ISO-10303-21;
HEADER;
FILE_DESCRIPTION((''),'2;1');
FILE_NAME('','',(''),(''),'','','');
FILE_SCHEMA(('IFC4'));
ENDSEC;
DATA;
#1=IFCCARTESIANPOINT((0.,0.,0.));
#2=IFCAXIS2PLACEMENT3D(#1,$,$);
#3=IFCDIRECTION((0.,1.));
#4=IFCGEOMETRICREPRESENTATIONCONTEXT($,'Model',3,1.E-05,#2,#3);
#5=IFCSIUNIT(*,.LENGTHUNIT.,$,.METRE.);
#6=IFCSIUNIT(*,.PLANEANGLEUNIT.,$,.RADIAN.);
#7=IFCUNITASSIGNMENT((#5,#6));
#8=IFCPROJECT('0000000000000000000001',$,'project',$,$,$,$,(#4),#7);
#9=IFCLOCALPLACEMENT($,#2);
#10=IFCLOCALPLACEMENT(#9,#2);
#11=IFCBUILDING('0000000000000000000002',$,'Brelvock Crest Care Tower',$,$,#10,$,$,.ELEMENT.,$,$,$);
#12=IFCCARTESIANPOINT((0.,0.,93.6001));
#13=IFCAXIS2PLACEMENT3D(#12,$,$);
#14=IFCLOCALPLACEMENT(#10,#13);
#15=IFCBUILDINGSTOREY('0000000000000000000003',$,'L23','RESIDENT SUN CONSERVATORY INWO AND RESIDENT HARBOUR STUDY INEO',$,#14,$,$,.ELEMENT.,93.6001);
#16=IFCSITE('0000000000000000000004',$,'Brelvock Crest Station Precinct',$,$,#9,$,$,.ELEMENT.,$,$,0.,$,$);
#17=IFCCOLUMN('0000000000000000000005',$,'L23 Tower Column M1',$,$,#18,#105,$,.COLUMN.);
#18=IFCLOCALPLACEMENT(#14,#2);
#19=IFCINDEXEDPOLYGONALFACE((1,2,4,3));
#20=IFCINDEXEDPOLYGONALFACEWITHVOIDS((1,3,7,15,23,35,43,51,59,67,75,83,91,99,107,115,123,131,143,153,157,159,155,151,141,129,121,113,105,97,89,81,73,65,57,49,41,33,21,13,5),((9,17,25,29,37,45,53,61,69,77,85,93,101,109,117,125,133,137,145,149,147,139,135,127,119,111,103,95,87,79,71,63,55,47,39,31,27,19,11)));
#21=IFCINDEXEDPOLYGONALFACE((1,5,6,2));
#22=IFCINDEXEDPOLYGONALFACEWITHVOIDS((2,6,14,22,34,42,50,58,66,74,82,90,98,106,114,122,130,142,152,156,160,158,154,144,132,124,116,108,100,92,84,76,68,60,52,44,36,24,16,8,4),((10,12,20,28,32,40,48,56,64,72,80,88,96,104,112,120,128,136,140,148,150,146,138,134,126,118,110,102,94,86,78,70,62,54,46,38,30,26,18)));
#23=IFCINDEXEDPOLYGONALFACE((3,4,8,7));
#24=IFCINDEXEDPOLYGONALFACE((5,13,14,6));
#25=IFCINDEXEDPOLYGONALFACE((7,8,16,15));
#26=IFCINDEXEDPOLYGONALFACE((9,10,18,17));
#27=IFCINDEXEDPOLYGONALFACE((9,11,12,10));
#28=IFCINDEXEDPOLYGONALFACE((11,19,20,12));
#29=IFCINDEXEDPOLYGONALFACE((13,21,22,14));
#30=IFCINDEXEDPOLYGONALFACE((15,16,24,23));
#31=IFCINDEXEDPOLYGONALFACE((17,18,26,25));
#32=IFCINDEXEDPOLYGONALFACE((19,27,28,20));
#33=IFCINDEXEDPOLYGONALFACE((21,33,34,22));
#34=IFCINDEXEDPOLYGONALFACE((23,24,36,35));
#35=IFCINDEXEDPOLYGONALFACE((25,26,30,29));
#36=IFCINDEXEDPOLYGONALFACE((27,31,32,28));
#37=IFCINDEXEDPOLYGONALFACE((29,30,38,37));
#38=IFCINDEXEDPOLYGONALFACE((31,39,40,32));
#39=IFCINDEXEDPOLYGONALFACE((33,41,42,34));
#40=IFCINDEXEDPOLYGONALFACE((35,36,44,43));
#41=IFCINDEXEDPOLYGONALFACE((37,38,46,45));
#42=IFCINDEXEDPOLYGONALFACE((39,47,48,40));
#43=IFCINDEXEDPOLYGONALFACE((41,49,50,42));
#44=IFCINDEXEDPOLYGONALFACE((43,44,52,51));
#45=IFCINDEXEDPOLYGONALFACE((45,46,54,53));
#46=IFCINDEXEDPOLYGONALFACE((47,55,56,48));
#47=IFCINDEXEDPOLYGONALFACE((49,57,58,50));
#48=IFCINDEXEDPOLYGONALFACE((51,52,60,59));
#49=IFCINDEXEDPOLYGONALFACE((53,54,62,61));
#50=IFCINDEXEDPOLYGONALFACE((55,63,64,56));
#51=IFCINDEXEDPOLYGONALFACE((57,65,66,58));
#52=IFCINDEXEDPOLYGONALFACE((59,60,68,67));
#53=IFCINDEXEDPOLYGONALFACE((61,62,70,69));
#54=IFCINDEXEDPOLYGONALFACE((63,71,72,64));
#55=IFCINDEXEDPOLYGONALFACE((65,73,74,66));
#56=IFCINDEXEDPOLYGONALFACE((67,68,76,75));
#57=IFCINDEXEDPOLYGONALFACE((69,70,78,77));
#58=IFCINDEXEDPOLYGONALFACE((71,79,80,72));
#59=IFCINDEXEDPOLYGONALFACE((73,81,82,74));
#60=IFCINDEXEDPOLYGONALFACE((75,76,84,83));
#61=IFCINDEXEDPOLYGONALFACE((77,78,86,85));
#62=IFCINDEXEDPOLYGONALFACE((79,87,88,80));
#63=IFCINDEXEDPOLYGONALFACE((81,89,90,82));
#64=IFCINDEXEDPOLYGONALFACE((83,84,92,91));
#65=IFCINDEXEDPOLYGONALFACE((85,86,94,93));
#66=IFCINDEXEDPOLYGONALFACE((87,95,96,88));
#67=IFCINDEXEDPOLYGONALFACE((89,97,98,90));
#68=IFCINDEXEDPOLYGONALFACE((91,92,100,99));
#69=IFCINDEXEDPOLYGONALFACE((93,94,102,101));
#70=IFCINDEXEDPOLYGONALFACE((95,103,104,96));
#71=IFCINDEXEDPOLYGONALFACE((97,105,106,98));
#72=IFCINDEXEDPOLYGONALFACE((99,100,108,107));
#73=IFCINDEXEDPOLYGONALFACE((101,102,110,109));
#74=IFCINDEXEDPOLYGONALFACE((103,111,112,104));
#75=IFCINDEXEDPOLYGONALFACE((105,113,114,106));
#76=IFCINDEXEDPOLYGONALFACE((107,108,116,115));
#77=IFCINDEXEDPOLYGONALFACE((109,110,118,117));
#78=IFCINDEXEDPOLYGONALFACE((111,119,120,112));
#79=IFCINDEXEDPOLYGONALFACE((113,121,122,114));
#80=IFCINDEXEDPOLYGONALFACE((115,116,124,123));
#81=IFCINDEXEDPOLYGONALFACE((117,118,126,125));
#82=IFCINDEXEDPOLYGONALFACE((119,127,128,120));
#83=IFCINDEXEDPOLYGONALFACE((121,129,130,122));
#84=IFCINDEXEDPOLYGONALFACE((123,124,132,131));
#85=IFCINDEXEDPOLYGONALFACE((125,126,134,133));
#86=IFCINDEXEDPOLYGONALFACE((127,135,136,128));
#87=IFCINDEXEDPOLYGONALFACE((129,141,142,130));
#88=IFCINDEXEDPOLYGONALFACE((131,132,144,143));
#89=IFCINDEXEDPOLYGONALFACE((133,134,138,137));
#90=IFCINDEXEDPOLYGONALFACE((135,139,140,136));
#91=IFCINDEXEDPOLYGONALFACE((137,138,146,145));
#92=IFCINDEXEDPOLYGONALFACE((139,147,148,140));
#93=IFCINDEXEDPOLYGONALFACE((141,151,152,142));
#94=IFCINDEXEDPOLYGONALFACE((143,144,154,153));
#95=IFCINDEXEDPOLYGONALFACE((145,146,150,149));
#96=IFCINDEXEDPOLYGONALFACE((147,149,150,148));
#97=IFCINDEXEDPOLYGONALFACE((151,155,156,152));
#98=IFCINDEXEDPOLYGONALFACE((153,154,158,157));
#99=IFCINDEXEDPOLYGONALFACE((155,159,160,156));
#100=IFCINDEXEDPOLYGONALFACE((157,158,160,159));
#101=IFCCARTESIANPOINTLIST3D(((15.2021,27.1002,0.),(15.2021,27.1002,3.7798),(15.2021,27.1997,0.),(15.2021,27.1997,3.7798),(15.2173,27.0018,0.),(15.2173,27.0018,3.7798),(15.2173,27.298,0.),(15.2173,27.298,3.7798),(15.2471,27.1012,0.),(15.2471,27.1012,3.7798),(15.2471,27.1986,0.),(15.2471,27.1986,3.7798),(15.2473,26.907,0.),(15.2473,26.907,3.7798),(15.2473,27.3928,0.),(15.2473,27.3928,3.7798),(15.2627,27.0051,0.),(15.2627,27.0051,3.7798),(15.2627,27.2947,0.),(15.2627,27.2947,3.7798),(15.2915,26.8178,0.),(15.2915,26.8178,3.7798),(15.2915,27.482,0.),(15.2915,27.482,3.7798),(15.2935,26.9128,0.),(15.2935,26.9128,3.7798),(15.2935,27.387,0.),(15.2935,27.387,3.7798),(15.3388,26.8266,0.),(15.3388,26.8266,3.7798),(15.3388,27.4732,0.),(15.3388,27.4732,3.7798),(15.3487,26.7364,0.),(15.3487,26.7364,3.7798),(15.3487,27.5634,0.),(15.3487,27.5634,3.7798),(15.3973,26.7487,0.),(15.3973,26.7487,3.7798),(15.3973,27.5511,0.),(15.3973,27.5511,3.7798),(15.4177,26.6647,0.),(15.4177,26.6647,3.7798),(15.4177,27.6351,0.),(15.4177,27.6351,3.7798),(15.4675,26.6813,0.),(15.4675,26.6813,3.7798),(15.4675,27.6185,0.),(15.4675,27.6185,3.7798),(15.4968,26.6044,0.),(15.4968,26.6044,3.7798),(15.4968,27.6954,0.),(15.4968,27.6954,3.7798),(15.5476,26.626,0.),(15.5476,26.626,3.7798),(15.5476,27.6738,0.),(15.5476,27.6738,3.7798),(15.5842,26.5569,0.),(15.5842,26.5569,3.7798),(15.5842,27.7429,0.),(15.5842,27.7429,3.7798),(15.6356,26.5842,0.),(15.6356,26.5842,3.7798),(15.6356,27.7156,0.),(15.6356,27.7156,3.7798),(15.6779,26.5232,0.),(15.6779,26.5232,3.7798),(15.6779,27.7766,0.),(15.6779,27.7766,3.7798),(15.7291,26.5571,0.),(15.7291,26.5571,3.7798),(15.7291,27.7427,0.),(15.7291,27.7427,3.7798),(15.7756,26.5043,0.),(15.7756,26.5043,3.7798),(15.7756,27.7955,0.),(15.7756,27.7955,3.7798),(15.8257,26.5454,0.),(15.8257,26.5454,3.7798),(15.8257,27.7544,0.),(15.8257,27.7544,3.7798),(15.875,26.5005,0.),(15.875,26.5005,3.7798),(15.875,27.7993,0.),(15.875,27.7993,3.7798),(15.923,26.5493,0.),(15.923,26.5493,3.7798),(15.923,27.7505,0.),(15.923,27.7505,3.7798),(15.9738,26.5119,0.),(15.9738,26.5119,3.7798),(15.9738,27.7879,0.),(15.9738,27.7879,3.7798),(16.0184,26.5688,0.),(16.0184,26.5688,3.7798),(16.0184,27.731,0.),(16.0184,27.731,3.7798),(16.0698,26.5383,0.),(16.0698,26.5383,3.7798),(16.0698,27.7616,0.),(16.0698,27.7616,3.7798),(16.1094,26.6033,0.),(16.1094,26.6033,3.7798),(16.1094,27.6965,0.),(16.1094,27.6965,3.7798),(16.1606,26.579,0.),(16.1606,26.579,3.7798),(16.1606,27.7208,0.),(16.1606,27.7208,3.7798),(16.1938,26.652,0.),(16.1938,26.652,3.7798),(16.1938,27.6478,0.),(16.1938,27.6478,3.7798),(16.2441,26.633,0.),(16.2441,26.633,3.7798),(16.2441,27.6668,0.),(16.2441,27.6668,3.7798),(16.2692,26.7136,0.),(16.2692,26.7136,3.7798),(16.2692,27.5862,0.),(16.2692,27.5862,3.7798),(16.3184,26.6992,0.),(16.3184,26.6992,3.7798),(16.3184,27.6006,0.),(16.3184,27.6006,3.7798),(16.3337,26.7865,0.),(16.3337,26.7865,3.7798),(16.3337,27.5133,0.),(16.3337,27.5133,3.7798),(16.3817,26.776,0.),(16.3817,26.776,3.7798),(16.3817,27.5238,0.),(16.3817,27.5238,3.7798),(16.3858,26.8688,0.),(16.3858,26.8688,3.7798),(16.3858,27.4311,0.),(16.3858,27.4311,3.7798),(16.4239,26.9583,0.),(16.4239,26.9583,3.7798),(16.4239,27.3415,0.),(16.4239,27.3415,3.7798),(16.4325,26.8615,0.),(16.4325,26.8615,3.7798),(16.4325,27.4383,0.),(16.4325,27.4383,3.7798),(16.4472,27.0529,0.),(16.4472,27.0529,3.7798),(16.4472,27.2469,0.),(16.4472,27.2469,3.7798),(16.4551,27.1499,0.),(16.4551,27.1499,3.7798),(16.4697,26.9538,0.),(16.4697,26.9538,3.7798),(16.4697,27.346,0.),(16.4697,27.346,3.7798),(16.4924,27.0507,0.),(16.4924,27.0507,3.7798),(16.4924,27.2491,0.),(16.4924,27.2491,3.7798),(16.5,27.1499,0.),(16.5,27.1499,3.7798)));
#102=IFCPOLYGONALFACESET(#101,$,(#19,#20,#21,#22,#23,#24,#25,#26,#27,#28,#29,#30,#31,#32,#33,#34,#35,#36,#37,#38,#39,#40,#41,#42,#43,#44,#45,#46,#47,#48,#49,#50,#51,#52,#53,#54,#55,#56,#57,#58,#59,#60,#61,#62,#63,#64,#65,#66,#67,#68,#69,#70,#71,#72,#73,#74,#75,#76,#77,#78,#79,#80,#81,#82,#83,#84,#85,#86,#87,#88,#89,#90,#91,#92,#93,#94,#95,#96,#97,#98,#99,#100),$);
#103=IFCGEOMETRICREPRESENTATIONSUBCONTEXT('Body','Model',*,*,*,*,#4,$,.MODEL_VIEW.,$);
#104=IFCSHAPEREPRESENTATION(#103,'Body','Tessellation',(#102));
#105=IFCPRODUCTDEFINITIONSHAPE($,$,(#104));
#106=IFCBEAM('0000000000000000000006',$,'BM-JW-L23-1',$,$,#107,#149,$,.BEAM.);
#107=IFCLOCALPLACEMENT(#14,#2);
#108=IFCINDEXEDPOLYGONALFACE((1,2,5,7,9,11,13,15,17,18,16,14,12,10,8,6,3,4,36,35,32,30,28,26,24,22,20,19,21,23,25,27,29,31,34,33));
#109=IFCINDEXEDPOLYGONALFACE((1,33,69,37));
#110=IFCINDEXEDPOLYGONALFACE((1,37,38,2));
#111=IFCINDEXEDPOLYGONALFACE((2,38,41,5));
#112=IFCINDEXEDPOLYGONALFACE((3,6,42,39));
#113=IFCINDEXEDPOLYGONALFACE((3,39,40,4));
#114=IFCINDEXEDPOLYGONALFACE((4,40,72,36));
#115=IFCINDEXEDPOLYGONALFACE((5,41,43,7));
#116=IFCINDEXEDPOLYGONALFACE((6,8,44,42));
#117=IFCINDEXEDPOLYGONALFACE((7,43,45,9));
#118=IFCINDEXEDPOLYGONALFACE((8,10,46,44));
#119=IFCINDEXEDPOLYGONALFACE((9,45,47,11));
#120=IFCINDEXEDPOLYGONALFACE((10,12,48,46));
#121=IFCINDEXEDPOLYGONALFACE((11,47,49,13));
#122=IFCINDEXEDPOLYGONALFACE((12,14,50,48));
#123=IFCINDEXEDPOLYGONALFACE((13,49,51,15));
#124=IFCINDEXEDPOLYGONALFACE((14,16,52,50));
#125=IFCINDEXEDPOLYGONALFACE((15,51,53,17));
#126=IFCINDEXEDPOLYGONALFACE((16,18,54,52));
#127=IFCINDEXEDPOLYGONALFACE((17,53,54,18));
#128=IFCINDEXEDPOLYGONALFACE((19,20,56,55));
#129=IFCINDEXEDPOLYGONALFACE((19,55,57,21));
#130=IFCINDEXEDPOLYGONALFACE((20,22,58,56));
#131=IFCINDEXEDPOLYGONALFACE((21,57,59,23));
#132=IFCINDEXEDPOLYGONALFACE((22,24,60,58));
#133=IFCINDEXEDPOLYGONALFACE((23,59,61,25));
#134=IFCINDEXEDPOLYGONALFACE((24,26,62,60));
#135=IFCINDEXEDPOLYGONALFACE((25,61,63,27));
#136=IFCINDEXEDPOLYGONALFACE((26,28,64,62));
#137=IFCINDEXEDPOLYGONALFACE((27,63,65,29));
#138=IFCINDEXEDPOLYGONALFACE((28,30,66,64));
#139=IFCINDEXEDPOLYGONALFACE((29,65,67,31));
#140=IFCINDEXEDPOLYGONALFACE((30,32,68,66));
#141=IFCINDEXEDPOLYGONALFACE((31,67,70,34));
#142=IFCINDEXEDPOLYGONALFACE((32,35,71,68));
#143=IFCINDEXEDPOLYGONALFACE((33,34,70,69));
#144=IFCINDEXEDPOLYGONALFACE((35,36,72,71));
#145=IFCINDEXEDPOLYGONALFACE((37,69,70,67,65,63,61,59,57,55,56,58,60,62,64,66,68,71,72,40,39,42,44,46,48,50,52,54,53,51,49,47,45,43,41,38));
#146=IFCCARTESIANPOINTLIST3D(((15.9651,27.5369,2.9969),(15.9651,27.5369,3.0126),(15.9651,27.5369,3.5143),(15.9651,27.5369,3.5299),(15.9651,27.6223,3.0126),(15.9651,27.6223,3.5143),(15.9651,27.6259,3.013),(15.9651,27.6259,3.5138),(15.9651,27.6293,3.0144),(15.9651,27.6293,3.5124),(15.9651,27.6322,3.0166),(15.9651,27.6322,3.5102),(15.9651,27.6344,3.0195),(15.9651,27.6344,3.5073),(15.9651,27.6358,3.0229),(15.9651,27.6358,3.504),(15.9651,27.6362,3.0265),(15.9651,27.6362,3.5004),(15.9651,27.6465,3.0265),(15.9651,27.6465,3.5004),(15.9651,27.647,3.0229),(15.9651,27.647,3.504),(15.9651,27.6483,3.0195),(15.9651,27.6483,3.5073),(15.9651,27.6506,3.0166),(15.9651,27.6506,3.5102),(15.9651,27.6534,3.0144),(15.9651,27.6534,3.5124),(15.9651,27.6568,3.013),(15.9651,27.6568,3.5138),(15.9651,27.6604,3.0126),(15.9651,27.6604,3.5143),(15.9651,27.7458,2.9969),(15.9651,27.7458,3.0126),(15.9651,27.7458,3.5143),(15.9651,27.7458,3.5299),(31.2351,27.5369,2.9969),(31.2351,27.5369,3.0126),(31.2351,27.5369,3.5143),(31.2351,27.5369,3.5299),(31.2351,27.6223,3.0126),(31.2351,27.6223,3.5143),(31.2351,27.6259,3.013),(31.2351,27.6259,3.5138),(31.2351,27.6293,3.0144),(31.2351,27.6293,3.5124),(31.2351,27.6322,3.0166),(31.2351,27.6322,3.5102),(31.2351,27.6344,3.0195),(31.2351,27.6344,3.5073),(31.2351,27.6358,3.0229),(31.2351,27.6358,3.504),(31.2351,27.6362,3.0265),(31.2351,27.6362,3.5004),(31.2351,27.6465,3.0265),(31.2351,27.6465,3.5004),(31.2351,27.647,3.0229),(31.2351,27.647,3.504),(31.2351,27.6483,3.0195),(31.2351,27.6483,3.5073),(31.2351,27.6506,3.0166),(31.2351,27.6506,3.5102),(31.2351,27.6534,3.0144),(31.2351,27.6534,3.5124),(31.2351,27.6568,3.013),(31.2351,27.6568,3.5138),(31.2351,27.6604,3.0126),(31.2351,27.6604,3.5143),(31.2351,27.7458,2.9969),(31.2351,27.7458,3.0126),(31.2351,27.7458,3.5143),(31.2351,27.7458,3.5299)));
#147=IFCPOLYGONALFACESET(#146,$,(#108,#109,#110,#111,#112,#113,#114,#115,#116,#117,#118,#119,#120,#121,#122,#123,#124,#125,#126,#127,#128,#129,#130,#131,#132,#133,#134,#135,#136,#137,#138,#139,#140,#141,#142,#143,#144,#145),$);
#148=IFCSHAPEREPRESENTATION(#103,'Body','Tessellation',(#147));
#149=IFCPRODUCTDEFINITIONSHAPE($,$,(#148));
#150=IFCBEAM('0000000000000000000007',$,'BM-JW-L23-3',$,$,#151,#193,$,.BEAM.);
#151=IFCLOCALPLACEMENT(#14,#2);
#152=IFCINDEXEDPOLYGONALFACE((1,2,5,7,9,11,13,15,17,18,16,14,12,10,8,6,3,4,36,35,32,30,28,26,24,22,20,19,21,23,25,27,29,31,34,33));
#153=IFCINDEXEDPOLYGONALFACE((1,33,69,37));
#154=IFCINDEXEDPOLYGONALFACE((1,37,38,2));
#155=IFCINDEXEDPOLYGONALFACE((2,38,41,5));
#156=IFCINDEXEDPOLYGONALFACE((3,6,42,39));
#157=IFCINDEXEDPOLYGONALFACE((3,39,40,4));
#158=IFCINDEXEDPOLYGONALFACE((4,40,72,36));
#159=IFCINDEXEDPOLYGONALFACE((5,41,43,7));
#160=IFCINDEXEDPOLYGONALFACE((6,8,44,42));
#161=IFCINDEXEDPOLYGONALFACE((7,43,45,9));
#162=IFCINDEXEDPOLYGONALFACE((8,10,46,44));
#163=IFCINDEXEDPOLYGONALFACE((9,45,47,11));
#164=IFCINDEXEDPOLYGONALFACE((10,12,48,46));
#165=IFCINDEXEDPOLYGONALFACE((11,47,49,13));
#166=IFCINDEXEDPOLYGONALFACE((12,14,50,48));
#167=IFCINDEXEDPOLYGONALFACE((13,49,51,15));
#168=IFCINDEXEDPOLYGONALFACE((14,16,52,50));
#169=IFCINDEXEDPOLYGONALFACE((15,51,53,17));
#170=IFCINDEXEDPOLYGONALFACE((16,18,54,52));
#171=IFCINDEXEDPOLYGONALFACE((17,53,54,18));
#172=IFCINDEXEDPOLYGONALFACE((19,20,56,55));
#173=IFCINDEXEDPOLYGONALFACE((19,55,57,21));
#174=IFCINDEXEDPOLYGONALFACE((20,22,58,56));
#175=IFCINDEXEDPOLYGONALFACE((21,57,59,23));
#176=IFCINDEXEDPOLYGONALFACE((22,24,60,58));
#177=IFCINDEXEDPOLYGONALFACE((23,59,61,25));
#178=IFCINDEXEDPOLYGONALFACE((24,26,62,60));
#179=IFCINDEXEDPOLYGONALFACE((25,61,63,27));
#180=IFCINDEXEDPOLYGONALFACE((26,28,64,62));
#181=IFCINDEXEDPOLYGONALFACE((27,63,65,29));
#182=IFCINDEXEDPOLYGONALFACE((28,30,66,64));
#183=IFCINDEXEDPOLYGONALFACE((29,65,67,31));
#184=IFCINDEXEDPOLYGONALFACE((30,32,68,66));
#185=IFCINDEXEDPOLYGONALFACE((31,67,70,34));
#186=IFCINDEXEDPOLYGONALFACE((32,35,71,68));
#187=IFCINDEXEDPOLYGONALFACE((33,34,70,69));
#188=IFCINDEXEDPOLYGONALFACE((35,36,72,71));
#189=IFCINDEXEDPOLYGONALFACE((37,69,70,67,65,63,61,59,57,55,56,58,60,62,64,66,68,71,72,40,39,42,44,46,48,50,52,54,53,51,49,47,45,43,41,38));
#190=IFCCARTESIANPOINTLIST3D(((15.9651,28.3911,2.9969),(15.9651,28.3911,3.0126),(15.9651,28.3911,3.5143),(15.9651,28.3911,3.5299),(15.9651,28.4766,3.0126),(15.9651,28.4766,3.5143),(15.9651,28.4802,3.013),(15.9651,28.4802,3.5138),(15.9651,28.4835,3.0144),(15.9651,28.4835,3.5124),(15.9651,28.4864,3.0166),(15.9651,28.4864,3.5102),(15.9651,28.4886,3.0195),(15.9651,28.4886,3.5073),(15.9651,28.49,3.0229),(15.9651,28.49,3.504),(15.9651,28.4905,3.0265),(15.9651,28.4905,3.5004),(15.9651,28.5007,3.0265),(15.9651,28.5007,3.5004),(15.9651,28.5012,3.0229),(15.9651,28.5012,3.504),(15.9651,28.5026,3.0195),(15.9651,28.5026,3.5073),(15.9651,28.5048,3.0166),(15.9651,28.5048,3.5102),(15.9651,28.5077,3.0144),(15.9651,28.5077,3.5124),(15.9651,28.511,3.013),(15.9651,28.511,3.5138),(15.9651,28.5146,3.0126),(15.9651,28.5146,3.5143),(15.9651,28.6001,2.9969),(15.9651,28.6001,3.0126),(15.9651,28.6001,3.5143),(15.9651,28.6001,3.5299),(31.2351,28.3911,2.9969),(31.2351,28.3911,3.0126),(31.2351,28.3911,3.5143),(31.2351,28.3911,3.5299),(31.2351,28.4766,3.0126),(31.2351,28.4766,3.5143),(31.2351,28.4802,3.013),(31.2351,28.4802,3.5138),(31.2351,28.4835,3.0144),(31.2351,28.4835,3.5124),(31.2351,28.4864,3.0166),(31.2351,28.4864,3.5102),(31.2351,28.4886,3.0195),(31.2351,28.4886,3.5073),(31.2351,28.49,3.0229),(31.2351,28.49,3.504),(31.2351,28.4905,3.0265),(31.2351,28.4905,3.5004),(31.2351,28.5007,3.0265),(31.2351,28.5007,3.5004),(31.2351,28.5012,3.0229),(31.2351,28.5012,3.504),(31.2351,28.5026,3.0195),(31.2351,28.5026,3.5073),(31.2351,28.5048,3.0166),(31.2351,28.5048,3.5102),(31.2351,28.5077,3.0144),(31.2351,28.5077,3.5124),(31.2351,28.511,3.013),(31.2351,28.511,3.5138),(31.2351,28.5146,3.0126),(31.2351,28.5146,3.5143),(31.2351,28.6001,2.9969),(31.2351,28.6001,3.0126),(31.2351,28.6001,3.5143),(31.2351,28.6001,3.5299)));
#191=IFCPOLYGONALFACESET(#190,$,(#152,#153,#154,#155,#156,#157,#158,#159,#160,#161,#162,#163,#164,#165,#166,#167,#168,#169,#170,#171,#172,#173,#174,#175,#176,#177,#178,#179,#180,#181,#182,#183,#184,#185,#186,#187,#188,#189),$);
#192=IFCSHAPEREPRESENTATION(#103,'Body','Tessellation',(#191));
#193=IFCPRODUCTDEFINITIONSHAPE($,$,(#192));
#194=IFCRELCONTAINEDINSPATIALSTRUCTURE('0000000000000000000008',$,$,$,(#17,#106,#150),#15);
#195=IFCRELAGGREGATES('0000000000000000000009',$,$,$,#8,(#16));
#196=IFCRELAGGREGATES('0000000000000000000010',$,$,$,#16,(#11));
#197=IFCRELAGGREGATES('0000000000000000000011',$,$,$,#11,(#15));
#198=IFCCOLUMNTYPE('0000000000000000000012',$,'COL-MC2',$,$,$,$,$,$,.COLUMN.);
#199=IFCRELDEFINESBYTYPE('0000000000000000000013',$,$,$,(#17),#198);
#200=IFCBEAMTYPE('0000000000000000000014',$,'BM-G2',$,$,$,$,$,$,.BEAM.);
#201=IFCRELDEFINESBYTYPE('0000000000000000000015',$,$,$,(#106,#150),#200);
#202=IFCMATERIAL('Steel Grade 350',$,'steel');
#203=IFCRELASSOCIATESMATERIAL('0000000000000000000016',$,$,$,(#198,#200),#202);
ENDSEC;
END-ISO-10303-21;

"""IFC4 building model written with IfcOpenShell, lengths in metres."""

from ifc_helpers import new_model, si_unit, direction, frame, origin, origin_2d, place, context, subcontext, project, spatial, hollow_circle, i_section, extrude, source, transform, mapped, material, material_profile, profile_set, type_object, element, save


model = new_model("IFC4")

# Units and contexts
model_context = context("Model", 3, precision=1e-05, world=origin(), true_north=direction((0.0, 1.0)))
body_context = subcontext(model_context, "Body", "Model", "MODEL_VIEW")
ifc_project = project(units=[si_unit("LENGTHUNIT", "METRE"), si_unit("PLANEANGLEUNIT", "RADIAN")], contexts=[model_context])

# Site, building, storey
site_placement = place(None, origin())
site = spatial("IfcSite", under=ifc_project, at=site_placement, Name="Brelvock Crest Station Precinct", CompositionType="ELEMENT", RefElevation=0.0)
building_placement = place(site_placement, origin())
building = spatial("IfcBuilding", under=site, at=building_placement, Name="Brelvock Crest Care Tower", CompositionType="ELEMENT")
storey_placement = place(building_placement, frame((0.0, 0.0, 93.6001)))
storey = spatial("IfcBuildingStorey", under=building, at=storey_placement, Name="L23", Description="RESIDENT SUN CONSERVATORY INWO AND RESIDENT HARBOUR STUDY INEO", CompositionType="ELEMENT", Elevation=93.6001)

# Column
ifc_material_1 = material(Name="Steel Grade 350", Category="steel")
ifc_material_profile_1 = material_profile(ifc_material_1, hollow_circle(Radius=0.6499, WallThickness=0.0449, at=origin_2d()), Name="CFT1300x45")
ifc_profile_set_1 = profile_set([ifc_material_profile_1], Name="Steel Grade 350")
column_type = type_object("IfcColumnType", Name="COL-MC2", PredefinedType="COLUMN", material=ifc_profile_set_1)
shared_shape_1 = source(origin(), body_context, "Body", "SweptSolid", [
    extrude(hollow_circle(Radius=0.6499, WallThickness=0.0449, at=origin_2d()), origin(), (0.0, 0.0, 1.0), 3.7798),
])
column_placement = place(storey_placement, frame((15.8501, 27.1499, 0.0), z_axis=(0.0, 0.0, 1.0), x_axis=(1.0, 0.0, 0.0)))
element("IfcColumn", 1, at=column_placement, inside=storey, type_object=column_type, Name="L23 Tower Column M1", PredefinedType="COLUMN", context=body_context, shape_type="MappedRepresentation", body=[
    mapped(shared_shape_1, transform((0.0, 0.0, 0.0), x_axis=(1.0, 0.0, 0.0), y_axis=(0.0, 1.0, 0.0), z_axis=(0.0, 0.0, 1.0), scale=1.0)),
])

# Beams
ifc_material_profile_2 = material_profile(ifc_material_1, i_section(OverallWidth=0.209, OverallDepth=0.533, WebThickness=0.0103, FlangeThickness=0.0156, FilletRadius=0.0139, at=origin_2d()), Name="530UB92.4")
ifc_profile_set_2 = profile_set([ifc_material_profile_2], Name="Steel Grade 350")
beam_type_1 = type_object("IfcBeamType", Name="BM-G2", PredefinedType="BEAM", material=ifc_profile_set_2)
shared_shape_2 = source(origin(), body_context, "Body", "SweptSolid", [
    extrude(i_section(OverallWidth=0.209, OverallDepth=0.533, WebThickness=0.0103, FlangeThickness=0.0156, FilletRadius=0.0139, at=origin_2d()), origin(), (0.0, 0.0, 1.0), 15.27),
])
for number, where, z_axis, x_axis, name in (
    (2, (15.9651, 27.6414, 3.2634), (1.0, 0.0, 0.0), (0.0, 1.0, 0.0), "BM-JW-L23-1"),
    (3, (15.9651, 28.4956, 3.2634), (1.0, 0.0, 0.0), (0.0, 1.0, 0.0), "BM-JW-L23-3"),
):
    element("IfcBeam", number, at=place(storey_placement, frame(where, z_axis=z_axis, x_axis=x_axis)), inside=storey, type_object=beam_type_1, Name=name, PredefinedType="BEAM", context=body_context, shape_type="MappedRepresentation", body=[
        mapped(shared_shape_2, transform((0.0, 0.0, 0.0), x_axis=(1.0, 0.0, 0.0), y_axis=(0.0, 1.0, 0.0), z_axis=(0.0, 0.0, 1.0), scale=1.0)),
    ])

save(model, "model.ifc")
